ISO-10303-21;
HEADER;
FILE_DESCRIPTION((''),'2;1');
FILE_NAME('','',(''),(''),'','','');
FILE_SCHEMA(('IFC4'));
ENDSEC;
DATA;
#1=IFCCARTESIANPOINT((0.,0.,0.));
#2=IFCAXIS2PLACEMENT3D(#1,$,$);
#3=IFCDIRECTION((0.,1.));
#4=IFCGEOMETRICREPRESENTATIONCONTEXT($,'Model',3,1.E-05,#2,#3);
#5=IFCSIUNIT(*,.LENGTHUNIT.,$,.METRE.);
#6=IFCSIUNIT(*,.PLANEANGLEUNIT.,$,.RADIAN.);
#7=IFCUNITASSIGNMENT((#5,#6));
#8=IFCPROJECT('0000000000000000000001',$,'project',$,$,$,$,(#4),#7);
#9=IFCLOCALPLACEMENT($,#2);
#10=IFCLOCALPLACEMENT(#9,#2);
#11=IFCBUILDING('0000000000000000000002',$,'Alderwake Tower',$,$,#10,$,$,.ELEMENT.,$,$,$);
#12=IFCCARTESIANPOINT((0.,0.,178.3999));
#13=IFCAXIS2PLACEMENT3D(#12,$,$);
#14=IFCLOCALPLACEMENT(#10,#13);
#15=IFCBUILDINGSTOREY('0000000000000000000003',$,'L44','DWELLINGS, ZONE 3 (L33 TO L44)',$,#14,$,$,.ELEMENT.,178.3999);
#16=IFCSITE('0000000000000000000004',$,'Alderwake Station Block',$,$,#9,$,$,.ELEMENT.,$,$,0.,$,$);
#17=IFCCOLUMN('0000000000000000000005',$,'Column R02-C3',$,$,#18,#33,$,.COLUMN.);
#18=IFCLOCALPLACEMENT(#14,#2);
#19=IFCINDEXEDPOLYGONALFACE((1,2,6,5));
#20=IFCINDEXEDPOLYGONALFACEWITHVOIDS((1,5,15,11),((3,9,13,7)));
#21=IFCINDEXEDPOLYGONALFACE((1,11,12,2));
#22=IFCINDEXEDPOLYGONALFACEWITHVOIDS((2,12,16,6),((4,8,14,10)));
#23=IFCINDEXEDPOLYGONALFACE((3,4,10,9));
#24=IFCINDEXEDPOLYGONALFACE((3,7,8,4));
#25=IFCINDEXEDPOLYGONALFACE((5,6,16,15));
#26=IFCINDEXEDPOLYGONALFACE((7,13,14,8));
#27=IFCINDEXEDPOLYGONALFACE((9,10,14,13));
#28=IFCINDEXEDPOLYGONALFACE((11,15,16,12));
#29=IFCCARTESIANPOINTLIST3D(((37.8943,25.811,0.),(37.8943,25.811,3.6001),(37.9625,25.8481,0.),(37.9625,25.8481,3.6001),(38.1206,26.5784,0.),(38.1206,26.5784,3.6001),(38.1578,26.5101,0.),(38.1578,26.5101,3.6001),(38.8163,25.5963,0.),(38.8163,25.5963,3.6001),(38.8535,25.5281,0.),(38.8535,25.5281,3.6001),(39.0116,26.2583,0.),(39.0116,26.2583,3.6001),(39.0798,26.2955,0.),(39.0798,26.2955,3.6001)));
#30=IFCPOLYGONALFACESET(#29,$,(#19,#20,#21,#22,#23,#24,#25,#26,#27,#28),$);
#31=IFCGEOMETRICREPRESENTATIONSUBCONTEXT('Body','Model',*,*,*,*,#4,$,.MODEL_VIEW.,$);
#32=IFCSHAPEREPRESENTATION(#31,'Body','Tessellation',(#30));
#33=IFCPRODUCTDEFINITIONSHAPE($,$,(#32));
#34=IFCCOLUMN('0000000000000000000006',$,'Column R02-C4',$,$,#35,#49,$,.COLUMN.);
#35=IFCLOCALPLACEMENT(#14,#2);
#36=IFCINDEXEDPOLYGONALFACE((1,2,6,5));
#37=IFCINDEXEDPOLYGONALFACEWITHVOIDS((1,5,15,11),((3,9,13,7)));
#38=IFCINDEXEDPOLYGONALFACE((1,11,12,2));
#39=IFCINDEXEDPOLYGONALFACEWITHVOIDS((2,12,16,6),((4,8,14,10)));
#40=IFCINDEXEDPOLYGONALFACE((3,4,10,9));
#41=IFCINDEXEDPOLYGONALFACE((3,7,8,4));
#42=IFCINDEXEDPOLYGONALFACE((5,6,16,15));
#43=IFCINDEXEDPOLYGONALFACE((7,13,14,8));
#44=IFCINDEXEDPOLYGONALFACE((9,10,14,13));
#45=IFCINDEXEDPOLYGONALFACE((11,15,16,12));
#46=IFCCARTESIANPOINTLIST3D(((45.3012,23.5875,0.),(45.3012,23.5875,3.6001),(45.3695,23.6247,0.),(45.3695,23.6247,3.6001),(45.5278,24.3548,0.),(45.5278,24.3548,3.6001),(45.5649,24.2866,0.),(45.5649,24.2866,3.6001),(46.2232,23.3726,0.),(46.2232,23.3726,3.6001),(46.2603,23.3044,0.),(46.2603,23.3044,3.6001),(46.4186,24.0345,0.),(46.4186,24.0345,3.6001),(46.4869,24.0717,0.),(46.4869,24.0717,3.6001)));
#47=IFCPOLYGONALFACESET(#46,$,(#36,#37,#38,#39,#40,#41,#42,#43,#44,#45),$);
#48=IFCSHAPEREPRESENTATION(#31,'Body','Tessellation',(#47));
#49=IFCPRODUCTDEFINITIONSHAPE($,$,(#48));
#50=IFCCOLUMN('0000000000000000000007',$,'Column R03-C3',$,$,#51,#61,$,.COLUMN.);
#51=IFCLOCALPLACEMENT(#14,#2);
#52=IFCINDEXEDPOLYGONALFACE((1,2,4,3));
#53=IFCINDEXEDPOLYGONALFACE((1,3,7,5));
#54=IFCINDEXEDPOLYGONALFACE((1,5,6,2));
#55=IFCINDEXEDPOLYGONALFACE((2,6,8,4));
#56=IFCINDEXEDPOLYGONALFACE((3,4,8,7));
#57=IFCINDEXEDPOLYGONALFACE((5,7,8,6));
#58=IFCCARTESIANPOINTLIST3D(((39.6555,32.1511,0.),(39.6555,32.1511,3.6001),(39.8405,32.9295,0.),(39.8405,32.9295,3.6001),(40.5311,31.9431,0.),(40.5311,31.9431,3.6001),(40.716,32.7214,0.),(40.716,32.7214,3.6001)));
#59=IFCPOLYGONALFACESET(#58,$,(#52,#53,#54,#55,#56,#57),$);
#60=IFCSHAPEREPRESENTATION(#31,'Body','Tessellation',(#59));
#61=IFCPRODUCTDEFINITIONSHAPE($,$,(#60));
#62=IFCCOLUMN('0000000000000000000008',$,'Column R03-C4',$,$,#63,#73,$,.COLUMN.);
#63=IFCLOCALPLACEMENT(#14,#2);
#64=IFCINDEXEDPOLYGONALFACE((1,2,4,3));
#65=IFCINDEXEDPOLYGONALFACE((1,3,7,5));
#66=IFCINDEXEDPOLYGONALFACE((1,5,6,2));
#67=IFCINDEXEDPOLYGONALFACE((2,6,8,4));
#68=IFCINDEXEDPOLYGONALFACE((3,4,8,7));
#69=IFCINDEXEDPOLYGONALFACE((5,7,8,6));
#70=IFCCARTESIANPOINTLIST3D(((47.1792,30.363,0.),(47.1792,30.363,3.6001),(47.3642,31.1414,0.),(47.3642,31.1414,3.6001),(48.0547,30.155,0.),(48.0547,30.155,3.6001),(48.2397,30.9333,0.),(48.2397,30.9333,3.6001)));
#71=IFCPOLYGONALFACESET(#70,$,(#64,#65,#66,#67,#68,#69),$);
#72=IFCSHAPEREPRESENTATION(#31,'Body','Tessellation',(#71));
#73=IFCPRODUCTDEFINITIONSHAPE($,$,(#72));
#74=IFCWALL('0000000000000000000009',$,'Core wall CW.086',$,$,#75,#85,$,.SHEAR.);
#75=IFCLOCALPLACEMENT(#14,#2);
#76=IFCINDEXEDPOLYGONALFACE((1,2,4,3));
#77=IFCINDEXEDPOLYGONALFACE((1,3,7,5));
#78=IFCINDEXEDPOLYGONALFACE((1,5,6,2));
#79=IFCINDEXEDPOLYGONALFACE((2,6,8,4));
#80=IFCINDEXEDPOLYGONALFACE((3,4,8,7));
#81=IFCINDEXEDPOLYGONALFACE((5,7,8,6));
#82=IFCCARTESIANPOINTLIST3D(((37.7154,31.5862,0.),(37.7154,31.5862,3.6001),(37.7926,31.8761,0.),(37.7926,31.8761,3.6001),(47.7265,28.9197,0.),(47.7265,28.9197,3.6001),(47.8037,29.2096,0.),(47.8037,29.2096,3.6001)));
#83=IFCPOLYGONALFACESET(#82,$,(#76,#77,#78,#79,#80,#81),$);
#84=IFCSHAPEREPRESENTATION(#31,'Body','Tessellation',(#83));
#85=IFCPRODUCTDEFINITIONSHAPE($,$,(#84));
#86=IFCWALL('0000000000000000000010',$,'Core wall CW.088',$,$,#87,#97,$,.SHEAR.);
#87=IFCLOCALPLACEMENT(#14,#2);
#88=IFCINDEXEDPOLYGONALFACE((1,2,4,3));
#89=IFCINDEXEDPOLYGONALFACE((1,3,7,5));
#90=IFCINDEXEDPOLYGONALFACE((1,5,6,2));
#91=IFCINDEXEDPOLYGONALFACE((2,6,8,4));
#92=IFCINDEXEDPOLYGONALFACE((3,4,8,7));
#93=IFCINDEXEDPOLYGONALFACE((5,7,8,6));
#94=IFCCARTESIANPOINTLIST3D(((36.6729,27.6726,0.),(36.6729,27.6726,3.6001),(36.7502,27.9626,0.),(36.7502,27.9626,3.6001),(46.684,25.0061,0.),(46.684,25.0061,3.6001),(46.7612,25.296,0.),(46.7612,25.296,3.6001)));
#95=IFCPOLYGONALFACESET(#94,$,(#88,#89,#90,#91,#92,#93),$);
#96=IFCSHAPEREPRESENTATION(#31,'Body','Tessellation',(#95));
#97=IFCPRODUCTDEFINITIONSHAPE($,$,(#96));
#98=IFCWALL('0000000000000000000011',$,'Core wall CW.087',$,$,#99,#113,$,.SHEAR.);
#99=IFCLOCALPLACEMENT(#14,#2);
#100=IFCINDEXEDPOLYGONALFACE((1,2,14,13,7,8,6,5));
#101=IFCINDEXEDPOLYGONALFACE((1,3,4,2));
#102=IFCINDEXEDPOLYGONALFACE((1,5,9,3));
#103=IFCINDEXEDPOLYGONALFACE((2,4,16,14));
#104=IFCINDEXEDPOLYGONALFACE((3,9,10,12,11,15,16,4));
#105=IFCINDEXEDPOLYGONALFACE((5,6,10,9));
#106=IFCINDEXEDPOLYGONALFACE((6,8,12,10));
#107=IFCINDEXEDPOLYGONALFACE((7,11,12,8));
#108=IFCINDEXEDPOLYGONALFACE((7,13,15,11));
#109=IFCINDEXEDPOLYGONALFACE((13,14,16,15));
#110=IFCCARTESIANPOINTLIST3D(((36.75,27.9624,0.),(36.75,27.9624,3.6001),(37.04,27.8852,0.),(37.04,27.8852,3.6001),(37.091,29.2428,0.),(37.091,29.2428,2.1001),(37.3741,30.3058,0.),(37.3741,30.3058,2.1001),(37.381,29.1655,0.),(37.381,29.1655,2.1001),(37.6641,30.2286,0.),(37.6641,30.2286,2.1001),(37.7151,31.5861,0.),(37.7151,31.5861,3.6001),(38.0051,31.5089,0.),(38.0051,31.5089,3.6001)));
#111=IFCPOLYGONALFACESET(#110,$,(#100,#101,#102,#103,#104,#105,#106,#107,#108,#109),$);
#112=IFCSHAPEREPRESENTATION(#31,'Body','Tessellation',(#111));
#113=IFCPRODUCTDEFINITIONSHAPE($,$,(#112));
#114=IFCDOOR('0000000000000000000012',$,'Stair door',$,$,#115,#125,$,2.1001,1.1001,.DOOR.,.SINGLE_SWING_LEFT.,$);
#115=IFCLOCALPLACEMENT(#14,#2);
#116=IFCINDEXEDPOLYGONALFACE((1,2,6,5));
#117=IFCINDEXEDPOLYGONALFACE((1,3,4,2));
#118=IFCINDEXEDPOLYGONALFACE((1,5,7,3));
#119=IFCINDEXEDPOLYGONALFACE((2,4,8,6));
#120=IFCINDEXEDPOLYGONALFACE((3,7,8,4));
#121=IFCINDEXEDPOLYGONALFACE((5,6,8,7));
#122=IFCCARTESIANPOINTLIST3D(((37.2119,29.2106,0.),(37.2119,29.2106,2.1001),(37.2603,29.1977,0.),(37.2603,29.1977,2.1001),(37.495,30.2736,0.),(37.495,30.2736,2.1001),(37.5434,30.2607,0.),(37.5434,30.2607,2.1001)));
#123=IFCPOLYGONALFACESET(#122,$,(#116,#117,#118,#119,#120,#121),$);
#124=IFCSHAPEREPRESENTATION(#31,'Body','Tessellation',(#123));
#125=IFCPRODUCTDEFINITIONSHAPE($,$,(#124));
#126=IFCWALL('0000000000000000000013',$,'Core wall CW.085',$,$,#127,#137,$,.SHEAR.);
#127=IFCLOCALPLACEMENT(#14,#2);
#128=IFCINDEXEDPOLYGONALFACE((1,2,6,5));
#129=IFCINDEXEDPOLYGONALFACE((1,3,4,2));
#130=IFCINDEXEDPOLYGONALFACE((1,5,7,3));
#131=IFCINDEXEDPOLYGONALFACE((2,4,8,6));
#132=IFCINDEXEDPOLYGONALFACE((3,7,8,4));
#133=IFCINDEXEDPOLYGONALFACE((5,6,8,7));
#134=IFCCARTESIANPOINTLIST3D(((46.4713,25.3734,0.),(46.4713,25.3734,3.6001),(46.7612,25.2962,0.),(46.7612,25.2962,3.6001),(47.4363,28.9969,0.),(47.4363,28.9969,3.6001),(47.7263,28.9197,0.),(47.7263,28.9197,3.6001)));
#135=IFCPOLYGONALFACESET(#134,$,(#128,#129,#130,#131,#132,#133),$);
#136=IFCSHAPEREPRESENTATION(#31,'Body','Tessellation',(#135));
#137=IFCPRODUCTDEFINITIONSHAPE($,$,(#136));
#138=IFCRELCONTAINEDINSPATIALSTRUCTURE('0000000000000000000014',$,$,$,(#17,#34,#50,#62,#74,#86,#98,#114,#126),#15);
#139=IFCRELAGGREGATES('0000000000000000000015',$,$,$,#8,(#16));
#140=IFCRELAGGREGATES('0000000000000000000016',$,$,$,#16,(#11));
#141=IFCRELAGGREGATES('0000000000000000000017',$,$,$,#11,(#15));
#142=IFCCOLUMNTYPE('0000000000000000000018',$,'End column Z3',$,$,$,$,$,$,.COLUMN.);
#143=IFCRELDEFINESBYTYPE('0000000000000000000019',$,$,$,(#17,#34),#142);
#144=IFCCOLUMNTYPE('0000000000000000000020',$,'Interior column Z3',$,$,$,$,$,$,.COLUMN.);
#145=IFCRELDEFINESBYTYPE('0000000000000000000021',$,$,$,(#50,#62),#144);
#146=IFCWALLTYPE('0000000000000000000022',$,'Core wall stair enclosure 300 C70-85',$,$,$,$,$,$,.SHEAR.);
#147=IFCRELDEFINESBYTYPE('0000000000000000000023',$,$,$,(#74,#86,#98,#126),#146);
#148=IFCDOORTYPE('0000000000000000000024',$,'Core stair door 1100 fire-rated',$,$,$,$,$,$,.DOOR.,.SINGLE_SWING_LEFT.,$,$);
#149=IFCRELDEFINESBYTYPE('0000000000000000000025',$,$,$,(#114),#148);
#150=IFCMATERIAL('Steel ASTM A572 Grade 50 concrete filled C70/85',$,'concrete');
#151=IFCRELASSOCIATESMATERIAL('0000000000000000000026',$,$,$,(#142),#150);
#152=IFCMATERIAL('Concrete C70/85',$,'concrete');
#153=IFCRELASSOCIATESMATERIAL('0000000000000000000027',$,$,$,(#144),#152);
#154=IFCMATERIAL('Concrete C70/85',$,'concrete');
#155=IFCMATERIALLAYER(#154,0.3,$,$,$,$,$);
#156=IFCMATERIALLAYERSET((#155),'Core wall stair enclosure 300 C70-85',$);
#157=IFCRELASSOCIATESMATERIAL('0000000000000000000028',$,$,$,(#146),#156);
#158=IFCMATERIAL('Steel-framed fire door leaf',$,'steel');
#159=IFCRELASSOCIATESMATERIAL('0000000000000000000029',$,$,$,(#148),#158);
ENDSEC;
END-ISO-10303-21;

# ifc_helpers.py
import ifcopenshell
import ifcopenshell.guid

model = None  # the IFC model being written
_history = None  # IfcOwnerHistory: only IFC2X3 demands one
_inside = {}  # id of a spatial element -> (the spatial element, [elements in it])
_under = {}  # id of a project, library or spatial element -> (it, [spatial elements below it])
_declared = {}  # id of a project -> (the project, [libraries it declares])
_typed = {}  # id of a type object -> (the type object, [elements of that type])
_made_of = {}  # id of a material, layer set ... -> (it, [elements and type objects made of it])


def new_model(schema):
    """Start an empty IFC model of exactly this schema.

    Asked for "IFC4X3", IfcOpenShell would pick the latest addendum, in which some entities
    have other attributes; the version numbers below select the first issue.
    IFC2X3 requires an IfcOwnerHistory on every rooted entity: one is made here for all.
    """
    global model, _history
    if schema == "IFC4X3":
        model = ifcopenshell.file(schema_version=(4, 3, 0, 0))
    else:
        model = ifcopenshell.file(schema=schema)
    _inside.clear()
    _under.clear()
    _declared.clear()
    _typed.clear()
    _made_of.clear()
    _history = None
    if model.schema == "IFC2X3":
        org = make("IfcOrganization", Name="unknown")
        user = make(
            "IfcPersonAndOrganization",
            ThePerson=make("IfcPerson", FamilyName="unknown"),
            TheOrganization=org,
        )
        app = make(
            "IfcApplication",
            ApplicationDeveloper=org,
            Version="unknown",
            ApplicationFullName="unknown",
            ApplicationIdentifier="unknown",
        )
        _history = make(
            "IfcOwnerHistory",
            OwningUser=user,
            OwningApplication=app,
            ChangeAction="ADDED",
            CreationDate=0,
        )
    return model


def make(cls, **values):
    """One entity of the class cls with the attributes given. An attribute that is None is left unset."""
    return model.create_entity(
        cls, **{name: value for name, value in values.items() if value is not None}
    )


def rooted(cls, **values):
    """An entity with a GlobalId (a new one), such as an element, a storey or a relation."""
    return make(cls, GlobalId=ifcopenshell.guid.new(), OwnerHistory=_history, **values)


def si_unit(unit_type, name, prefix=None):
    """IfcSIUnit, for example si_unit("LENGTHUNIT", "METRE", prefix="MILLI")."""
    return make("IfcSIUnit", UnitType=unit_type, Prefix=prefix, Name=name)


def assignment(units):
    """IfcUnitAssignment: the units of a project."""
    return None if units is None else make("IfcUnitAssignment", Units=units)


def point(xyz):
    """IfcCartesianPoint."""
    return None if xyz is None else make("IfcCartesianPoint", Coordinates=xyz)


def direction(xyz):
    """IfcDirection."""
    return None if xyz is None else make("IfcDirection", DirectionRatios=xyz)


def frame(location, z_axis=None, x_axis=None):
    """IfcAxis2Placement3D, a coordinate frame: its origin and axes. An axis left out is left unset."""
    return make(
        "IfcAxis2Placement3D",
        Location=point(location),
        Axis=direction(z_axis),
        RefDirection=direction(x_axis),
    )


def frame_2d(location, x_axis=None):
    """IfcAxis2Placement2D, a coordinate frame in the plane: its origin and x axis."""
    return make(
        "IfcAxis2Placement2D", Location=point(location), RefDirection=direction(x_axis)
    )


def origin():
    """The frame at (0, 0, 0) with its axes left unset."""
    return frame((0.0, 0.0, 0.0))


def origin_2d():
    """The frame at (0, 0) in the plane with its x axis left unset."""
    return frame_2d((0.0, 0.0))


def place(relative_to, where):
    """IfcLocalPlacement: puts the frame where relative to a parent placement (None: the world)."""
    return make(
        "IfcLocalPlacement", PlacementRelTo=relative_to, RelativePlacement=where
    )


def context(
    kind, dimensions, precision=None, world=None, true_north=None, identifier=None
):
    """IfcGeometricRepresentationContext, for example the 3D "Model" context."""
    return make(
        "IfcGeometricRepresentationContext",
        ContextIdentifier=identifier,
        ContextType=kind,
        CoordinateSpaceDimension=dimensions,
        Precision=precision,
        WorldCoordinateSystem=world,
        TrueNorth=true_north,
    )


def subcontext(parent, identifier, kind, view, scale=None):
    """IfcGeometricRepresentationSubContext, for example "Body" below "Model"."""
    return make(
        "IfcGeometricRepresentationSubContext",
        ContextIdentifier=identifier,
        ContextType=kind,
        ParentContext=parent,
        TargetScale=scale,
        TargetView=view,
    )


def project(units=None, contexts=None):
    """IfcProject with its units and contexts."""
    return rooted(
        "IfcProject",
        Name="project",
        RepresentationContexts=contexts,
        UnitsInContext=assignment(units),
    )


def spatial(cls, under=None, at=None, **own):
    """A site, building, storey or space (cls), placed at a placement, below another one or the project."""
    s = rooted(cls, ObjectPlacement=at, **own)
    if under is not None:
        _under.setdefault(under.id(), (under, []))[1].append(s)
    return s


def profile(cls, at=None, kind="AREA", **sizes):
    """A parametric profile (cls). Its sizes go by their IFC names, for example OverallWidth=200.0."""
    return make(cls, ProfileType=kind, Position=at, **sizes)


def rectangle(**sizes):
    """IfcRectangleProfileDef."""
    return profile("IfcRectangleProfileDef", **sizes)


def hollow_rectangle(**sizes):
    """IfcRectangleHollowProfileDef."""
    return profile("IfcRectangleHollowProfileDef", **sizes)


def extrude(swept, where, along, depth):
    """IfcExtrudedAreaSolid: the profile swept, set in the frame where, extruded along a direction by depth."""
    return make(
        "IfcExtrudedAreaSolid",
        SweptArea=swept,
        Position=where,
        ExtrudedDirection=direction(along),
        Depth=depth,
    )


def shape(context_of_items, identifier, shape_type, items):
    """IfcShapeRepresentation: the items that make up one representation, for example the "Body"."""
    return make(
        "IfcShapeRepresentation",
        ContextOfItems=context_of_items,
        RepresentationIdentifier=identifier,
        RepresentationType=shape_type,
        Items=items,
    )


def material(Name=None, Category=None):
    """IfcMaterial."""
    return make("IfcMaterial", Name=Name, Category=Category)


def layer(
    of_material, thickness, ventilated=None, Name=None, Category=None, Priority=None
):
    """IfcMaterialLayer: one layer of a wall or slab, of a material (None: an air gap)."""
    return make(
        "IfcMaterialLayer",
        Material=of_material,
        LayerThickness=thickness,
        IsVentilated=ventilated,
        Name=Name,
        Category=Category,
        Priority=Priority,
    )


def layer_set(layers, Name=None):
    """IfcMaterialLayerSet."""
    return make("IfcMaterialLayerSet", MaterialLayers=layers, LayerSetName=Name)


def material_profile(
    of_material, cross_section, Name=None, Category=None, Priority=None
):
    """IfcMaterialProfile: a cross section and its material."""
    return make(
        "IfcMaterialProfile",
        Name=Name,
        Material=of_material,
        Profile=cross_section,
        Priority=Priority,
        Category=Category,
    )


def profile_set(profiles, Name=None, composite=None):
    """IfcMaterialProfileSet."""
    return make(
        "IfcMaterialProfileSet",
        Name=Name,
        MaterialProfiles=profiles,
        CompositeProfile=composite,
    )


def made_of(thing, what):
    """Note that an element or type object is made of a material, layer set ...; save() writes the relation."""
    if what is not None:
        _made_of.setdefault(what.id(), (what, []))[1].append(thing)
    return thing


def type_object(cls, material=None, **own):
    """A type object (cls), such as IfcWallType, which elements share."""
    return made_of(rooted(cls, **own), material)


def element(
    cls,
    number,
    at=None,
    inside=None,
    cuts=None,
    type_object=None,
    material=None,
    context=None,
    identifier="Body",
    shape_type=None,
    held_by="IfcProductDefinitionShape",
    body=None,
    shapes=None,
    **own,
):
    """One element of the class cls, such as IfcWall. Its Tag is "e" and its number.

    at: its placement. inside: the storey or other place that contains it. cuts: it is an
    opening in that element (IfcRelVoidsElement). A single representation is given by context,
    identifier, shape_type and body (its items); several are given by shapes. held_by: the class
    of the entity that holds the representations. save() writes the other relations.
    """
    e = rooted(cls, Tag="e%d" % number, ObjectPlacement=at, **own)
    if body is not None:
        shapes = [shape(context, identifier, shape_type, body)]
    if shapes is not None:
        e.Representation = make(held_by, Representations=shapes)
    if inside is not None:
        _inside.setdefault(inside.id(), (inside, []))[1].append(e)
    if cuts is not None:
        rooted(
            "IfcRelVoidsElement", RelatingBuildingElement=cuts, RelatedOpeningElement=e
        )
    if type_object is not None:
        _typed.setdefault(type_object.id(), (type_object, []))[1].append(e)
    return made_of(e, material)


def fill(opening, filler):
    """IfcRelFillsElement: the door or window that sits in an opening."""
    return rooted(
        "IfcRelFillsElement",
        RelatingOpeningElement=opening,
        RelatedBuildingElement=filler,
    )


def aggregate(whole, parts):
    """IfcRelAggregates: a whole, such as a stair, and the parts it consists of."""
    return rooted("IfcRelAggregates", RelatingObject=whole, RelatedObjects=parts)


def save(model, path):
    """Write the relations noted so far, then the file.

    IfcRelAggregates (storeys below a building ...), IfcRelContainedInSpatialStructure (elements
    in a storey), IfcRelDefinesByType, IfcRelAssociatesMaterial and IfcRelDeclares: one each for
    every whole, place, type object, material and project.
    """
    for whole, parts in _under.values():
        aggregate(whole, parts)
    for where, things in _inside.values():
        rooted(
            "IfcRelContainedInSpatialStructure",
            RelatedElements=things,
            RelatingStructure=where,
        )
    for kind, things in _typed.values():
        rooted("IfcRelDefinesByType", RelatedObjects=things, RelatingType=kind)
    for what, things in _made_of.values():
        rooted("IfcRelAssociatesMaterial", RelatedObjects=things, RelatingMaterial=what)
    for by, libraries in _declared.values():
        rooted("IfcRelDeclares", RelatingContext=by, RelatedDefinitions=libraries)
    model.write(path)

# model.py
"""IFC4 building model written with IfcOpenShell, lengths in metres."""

from ifc_helpers import new_model, si_unit, direction, frame, frame_2d, origin, origin_2d, place, context, subcontext, project, spatial, rectangle, hollow_rectangle, extrude, material, layer, layer_set, material_profile, profile_set, type_object, element, fill, save


model = new_model("IFC4")

# Units and contexts
model_context = context("Model", 3, precision=1e-05, world=origin(), true_north=direction((0.0, 1.0)))
body_context = subcontext(model_context, "Body", "Model", "MODEL_VIEW")
ifc_project = project(units=[si_unit("LENGTHUNIT", "METRE"), si_unit("PLANEANGLEUNIT", "RADIAN")], contexts=[model_context])

# Site, building, storey
site_placement = place(None, origin())
site = spatial("IfcSite", under=ifc_project, at=site_placement, Name="Alderwake Station Block", CompositionType="ELEMENT", RefElevation=0.0)
building_placement = place(site_placement, origin())
building = spatial("IfcBuilding", under=site, at=building_placement, Name="Alderwake Tower", CompositionType="ELEMENT")
storey_placement = place(building_placement, frame((0.0, 0.0, 178.3999)))
storey = spatial("IfcBuildingStorey", under=building, at=storey_placement, Name="L44", Description="DWELLINGS, ZONE 3 (L33 TO L44)", CompositionType="ELEMENT", Elevation=178.3999)

# Columns
ifc_material_1 = material(Name="Steel ASTM A572 Grade 50 concrete filled C70/85", Category="concrete")
ifc_material_profile_1 = material_profile(ifc_material_1, hollow_rectangle(XDim=0.8, YDim=1.0, WallThickness=0.0549, at=origin_2d()), Name="BOX 1000X800X55")
ifc_profile_set_1 = profile_set([ifc_material_profile_1], Name="Steel ASTM A572 Grade 50 concrete filled C70/85")
column_type_1 = type_object("IfcColumnType", Name="End column Z3", PredefinedType="COLUMN", material=ifc_profile_set_1)
for number, where, z_axis, x_axis, name in (
    (1, (38.4871, 26.0532, 0.0), (0.0, 0.0, 1.0), (0.282894, 0.959151, 0.0), "Column R02-C3"),
    (2, (45.894, 23.8296, 0.0), (0.0, 0.0, 1.0), (0.283168, 0.95907, 0.0), "Column R02-C4"),
):
    element("IfcColumn", number, at=place(storey_placement, frame(where, z_axis=z_axis, x_axis=x_axis)), inside=storey, type_object=column_type_1, Name=name, PredefinedType="COLUMN", context=body_context, shape_type="SweptSolid", body=[
        extrude(hollow_rectangle(XDim=0.8, YDim=1.0, WallThickness=0.0549, at=origin_2d()), origin(), (0.0, 0.0, 1.0), 3.6001),
    ])
ifc_material_2 = material(Name="Concrete C70/85", Category="concrete")
ifc_material_profile_2 = material_profile(ifc_material_2, rectangle(XDim=0.8, YDim=0.8999, at=origin_2d()), Name="RC 900X800")
ifc_profile_set_2 = profile_set([ifc_material_profile_2], Name="Concrete C70/85")
column_type_2 = type_object("IfcColumnType", Name="Interior column Z3", PredefinedType="COLUMN", material=ifc_profile_set_2)
for number, where, z_axis, x_axis, name in (
    (3, (40.1858, 32.4363, 0.0), (0.0, 0.0, 1.0), (0.231222, 0.972901, 0.0), "Column R03-C3"),
    (4, (47.7095, 30.6482, 0.0), (0.0, 0.0, 1.0), (0.231222, 0.972901, 0.0), "Column R03-C4"),
):
    element("IfcColumn", number, at=place(storey_placement, frame(where, z_axis=z_axis, x_axis=x_axis)), inside=storey, type_object=column_type_2, Name=name, PredefinedType="COLUMN", context=body_context, shape_type="SweptSolid", body=[
        extrude(rectangle(XDim=0.8, YDim=0.8999, at=origin_2d()), origin(), (0.0, 0.0, 1.0), 3.6001),
    ])

# Walls
ifc_material_3 = material(Name="Concrete C70/85", Category="concrete")
ifc_layer_1 = layer(ifc_material_3, 0.3)
ifc_layer_set_1 = layer_set([ifc_layer_1], Name="Core wall stair enclosure 300 C70-85")
wall_type_1 = type_object("IfcWallType", Name="Core wall stair enclosure 300 C70-85", PredefinedType="SHEAR", material=ifc_layer_set_1)
for number, where, z_axis, x_axis, name in (
    (5, (37.7539, 31.7312, 0.0), (0.0, 0.0, 1.0), (0.966309, -0.257384, 0.0), "Core wall CW.086"),
    (6, (36.7114, 27.8176, 0.0), (0.0, 0.0, 1.0), (0.966309, -0.257384, 0.0), "Core wall CW.088"),
):
    element("IfcWall", number, at=place(storey_placement, frame(where, z_axis=z_axis, x_axis=x_axis)), inside=storey, type_object=wall_type_1, Name=name, PredefinedType="SHEAR", context=body_context, shape_type="SweptSolid", body=[
        extrude(rectangle(XDim=10.3601, YDim=0.3, at=frame_2d((5.1802, 0.0))), origin(), (0.0, 0.0, 1.0), 3.6001),
    ])

# Wall, opening, door
wall_1_placement = place(storey_placement, frame((36.895, 27.9238, 0.0), z_axis=(0.0, 0.0, 1.0), x_axis=(0.257351, 0.966318, 0.0)))
wall_1 = element("IfcWall", 7, at=wall_1_placement, inside=storey, type_object=wall_type_1, Name="Core wall CW.087", PredefinedType="SHEAR", context=body_context, shape_type="SweptSolid", body=[
    extrude(rectangle(XDim=3.75, YDim=0.3, at=frame_2d((1.875, 0.0))), origin(), (0.0, 0.0, 1.0), 3.6001),
])
opening_1_placement = place(wall_1_placement, frame((1.325, 0.0, 0.0)))
opening_1 = element("IfcOpeningElement", 8, at=opening_1_placement, cuts=wall_1, PredefinedType="OPENING", context=body_context, shape_type="SweptSolid", body=[
    extrude(rectangle(XDim=1.1001, YDim=2.1001, at=frame_2d((0.55, 1.05))), frame((0.0, 0.1599, 0.0), z_axis=(0.0, -1.0, 0.0), x_axis=(1.0, 0.0, 0.0)), (0.0, 0.0, 1.0), 0.3201),
])
ifc_material_4 = material(Name="Steel-framed fire door leaf", Category="steel")
door_type = type_object("IfcDoorType", Name="Core stair door 1100 fire-rated", OperationType="SINGLE_SWING_LEFT", PredefinedType="DOOR", material=ifc_material_4)
door_placement = place(opening_1_placement, origin())
door = element("IfcDoor", 9, at=door_placement, inside=storey, type_object=door_type, Name="Stair door", OperationType="SINGLE_SWING_LEFT", OverallHeight=2.1001, OverallWidth=1.1001, PredefinedType="DOOR", context=body_context, shape_type="SweptSolid", body=[
    extrude(rectangle(XDim=1.1001, YDim=2.1001, at=frame_2d((0.55, 1.05))), frame((0.0, 0.0249, 0.0), z_axis=(0.0, -1.0, 0.0), x_axis=(1.0, 0.0, 0.0)), (0.0, 0.0, 1.0), 0.05),
])
fill(opening_1, door)

# Wall
wall_2_placement = place(storey_placement, frame((46.6162, 25.3347, 0.0), z_axis=(0.0, 0.0, 1.0), x_axis=(0.257367, 0.966314, 0.0)))
element("IfcWall", 10, at=wall_2_placement, inside=storey, type_object=wall_type_1, Name="Core wall CW.085", PredefinedType="SHEAR", context=body_context, shape_type="SweptSolid", body=[
    extrude(rectangle(XDim=3.7498, YDim=0.3, at=frame_2d((1.875, 0.0))), origin(), (0.0, 0.0, 1.0), 3.6001),
])

save(model, "model.ifc")
